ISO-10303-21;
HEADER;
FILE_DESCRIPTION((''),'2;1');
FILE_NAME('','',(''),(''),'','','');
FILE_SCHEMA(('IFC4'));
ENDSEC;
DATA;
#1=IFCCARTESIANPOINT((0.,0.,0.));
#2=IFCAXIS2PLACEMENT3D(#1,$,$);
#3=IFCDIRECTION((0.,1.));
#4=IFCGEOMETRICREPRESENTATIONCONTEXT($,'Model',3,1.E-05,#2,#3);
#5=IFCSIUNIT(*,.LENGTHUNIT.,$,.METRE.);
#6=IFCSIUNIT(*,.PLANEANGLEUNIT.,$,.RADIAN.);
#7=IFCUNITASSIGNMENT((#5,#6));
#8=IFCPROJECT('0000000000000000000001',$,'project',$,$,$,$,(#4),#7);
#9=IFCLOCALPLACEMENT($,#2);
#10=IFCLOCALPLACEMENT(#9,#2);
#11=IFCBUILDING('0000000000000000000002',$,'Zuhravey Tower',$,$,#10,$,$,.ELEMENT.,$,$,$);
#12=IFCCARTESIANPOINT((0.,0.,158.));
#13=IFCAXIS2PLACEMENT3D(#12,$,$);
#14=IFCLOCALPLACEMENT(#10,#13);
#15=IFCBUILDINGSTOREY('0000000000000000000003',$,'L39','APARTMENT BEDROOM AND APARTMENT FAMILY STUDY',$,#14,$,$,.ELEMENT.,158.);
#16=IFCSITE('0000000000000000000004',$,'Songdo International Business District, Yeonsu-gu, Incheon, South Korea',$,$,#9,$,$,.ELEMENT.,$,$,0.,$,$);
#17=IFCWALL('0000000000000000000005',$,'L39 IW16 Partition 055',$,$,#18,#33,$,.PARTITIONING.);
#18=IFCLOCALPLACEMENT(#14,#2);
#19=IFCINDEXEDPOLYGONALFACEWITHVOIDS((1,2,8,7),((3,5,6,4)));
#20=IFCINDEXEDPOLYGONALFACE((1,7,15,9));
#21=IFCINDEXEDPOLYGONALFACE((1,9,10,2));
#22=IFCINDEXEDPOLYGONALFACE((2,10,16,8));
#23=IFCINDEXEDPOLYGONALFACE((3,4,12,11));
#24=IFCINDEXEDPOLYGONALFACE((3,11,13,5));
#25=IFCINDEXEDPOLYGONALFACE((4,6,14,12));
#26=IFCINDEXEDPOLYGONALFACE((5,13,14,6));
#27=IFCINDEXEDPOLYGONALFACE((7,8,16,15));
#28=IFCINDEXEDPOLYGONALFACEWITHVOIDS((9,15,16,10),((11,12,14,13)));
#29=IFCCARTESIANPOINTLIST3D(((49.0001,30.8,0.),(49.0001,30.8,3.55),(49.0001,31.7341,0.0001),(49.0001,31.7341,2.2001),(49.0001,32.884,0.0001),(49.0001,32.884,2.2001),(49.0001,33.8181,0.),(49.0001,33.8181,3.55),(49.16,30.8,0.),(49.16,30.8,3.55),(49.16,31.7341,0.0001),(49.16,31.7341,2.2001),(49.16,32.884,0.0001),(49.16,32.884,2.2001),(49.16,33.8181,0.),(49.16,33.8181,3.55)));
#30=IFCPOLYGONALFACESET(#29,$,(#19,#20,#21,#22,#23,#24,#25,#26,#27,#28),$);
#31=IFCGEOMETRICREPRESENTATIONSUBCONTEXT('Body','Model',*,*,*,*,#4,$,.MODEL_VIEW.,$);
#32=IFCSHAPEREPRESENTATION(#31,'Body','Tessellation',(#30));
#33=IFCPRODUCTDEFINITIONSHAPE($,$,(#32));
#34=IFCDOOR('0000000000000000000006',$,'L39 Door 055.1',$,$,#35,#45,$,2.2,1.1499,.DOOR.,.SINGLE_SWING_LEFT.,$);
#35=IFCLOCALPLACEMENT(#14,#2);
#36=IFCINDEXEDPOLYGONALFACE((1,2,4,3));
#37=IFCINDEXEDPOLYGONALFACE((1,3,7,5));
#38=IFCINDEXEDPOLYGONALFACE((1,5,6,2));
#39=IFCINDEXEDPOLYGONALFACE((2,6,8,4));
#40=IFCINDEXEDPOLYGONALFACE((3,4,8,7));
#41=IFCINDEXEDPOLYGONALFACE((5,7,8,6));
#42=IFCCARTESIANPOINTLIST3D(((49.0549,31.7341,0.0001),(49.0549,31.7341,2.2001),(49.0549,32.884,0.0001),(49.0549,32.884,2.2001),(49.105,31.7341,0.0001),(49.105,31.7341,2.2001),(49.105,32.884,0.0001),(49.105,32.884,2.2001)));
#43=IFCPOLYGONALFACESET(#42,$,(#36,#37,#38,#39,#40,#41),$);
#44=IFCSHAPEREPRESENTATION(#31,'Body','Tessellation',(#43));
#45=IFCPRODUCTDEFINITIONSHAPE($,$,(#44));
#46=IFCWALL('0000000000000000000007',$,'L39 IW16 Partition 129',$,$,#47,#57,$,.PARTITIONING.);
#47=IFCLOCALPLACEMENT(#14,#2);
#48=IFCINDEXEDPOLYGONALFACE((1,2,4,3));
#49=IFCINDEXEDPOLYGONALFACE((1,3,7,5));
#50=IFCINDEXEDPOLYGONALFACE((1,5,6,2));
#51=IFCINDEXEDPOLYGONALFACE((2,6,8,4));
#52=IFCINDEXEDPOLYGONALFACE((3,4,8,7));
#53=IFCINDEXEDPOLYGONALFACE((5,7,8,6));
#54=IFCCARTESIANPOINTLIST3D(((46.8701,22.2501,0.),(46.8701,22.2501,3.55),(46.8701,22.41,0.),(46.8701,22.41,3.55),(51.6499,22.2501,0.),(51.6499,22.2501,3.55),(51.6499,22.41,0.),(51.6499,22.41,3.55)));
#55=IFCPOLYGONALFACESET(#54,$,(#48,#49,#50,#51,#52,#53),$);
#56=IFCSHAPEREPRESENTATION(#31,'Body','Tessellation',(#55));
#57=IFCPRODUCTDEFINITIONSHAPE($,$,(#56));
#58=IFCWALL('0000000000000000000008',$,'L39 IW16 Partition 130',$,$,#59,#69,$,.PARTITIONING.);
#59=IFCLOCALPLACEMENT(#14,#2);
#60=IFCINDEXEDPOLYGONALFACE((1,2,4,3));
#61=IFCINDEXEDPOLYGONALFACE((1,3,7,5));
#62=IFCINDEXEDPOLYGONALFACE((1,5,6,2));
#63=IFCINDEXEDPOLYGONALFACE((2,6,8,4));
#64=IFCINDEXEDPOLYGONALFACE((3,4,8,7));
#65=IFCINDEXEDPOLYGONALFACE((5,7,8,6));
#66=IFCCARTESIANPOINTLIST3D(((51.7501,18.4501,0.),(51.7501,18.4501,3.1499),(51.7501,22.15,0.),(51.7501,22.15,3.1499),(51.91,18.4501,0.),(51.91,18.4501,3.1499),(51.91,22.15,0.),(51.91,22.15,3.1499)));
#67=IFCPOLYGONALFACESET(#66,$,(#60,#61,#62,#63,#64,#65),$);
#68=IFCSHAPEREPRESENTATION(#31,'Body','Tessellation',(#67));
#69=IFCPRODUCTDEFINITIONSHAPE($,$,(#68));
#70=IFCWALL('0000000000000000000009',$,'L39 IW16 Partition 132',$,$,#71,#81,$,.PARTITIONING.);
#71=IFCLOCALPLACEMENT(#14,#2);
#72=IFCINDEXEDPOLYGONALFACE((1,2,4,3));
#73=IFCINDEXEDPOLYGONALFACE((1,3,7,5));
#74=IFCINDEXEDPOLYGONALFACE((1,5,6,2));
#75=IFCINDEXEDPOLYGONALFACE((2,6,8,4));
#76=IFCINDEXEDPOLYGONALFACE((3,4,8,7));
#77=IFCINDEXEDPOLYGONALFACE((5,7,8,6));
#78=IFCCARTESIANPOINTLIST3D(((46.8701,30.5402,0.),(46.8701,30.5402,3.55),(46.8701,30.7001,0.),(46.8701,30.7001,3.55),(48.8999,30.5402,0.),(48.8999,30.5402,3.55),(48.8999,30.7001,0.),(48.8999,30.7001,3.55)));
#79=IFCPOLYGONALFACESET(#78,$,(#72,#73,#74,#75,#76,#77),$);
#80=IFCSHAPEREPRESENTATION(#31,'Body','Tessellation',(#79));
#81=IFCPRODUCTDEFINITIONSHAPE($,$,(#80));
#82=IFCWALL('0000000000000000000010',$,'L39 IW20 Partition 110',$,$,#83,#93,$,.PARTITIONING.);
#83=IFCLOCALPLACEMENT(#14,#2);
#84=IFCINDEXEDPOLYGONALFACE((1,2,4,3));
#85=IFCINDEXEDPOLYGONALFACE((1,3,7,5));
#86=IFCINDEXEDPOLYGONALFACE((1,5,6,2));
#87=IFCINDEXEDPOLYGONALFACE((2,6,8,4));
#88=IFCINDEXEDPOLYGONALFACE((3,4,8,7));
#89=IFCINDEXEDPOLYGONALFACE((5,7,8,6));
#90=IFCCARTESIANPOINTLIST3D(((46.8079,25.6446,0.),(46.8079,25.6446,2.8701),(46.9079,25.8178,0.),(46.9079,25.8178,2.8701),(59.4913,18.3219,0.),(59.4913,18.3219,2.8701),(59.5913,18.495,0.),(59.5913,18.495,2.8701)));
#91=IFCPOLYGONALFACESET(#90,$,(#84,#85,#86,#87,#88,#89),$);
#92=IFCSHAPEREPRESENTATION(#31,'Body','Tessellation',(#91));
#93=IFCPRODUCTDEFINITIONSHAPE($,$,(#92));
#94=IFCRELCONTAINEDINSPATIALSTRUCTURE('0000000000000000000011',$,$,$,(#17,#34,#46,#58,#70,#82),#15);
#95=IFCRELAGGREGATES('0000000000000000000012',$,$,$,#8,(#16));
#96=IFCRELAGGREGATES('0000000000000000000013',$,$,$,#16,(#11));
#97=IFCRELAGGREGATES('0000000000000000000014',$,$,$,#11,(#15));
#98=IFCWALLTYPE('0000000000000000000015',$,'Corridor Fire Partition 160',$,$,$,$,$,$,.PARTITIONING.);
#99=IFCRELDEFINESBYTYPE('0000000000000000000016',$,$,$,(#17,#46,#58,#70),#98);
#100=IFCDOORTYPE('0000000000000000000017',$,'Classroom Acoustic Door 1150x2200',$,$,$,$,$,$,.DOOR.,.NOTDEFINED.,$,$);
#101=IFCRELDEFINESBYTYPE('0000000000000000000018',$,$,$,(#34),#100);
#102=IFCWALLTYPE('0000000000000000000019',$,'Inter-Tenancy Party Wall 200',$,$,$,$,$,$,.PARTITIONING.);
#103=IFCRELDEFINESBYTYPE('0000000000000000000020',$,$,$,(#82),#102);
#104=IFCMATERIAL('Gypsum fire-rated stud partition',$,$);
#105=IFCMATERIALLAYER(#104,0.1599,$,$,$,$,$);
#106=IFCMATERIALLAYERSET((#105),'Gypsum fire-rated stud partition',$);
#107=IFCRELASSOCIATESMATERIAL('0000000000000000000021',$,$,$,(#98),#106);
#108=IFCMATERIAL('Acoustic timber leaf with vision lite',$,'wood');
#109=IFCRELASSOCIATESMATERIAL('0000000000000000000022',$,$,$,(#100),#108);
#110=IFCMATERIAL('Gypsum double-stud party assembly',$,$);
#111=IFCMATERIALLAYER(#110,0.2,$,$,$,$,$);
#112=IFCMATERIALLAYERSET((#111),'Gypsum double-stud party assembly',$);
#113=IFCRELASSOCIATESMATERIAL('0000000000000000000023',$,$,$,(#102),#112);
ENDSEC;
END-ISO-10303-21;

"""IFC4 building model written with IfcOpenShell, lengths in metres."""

from ifc_helpers import new_model, si_unit, direction, frame, frame_2d, origin, place, context, subcontext, project, spatial, rectangle, extrude, material, layer, layer_set, type_object, element, fill, save


model = new_model("IFC4")

# Units and contexts
model_context = context("Model", 3, precision=1e-05, world=origin(), true_north=direction((0.0, 1.0)))
body_context = subcontext(model_context, "Body", "Model", "MODEL_VIEW")
ifc_project = project(units=[si_unit("LENGTHUNIT", "METRE"), si_unit("PLANEANGLEUNIT", "RADIAN")], contexts=[model_context])

# Site, building, storey
site_placement = place(None, origin())
site = spatial("IfcSite", under=ifc_project, at=site_placement, Name="Songdo International Business District, Yeonsu-gu, Incheon, South Korea", CompositionType="ELEMENT", RefElevation=0.0)
building_placement = place(site_placement, origin())
building = spatial("IfcBuilding", under=site, at=building_placement, Name="Zuhravey Tower", CompositionType="ELEMENT")
storey_placement = place(building_placement, frame((0.0, 0.0, 158.0)))
storey = spatial("IfcBuildingStorey", under=building, at=storey_placement, Name="L39", Description="APARTMENT BEDROOM AND APARTMENT FAMILY STUDY", CompositionType="ELEMENT", Elevation=158.0)

# Wall, opening, door
ifc_material_1 = material(Name="Gypsum fire-rated stud partition")
ifc_layer_1 = layer(ifc_material_1, 0.1599)
ifc_layer_set_1 = layer_set([ifc_layer_1], Name="Gypsum fire-rated stud partition")
wall_type_1 = type_object("IfcWallType", Name="Corridor Fire Partition 160", PredefinedType="PARTITIONING", material=ifc_layer_set_1)
wall_1_placement = place(storey_placement, frame((49.0801, 30.8, 0.0), z_axis=(0.0, 0.0, 1.0), x_axis=(0.0, 1.0, 0.0)))
wall_1 = element("IfcWall", 1, at=wall_1_placement, inside=storey, type_object=wall_type_1, Name="L39 IW16 Partition 055", PredefinedType="PARTITIONING", context=body_context, shape_type="SweptSolid", body=[
    extrude(rectangle(XDim=3.0181, YDim=0.1599, at=frame_2d((1.509, 0.0))), origin(), (0.0, 0.0, 1.0), 3.55),
])
opening_1_placement = place(wall_1_placement, frame((0.9341, 0.0, 0.0)))
opening_1 = element("IfcOpeningElement", 2, at=opening_1_placement, cuts=wall_1, PredefinedType="OPENING", context=body_context, shape_type="SweptSolid", body=[
    extrude(rectangle(XDim=1.1499, YDim=2.2, at=frame_2d((0.575, 1.1001))), frame((0.0, 0.092, 0.0), z_axis=(0.0, -1.0, 0.0), x_axis=(1.0, 0.0, 0.0)), (0.0, 0.0, 1.0), 0.1838),
])
ifc_material_2 = material(Name="Acoustic timber leaf with vision lite", Category="wood")
door_type_1 = type_object("IfcDoorType", Name="Classroom Acoustic Door 1150x2200", OperationType="NOTDEFINED", PredefinedType="DOOR", material=ifc_material_2)
door_1_placement = place(opening_1_placement, frame((1.1499, 0.0, 0.0), z_axis=(0.0, 0.0, 1.0), x_axis=(-1.0, 0.0, 0.0)))
door_1 = element("IfcDoor", 3, at=door_1_placement, inside=storey, type_object=door_type_1, Name="L39 Door 055.1", OperationType="SINGLE_SWING_LEFT", OverallHeight=2.2, OverallWidth=1.1499, PredefinedType="DOOR", context=body_context, shape_type="SweptSolid", body=[
    extrude(rectangle(XDim=1.1499, YDim=2.2, at=frame_2d((0.575, 1.1001))), frame((0.0, 0.0249, 0.0), z_axis=(0.0, -1.0, 0.0), x_axis=(1.0, 0.0, 0.0)), (0.0, 0.0, 1.0), 0.05),
])
fill(opening_1, door_1)

# Walls
wall_2_placement = place(storey_placement, frame((51.6499, 22.3301, 0.0), z_axis=(0.0, 0.0, 1.0), x_axis=(-1.0, 0.0, 0.0)))
element("IfcWall", 4, at=wall_2_placement, inside=storey, type_object=wall_type_1, Name="L39 IW16 Partition 129", PredefinedType="PARTITIONING", context=body_context, shape_type="SweptSolid", body=[
    extrude(rectangle(XDim=4.7798, YDim=0.1599, at=frame_2d((2.3899, 0.0))), origin(), (0.0, 0.0, 1.0), 3.55),
])
wall_3_placement = place(storey_placement, frame((51.8301, 18.45, 0.0), z_axis=(0.0, 0.0, 1.0), x_axis=(0.0, 1.0, 0.0)))
element("IfcWall", 5, at=wall_3_placement, inside=storey, type_object=wall_type_1, Name="L39 IW16 Partition 130", PredefinedType="PARTITIONING", context=body_context, shape_type="SweptSolid", body=[
    extrude(rectangle(XDim=3.7, YDim=0.1599, at=frame_2d((1.8501, 0.0))), origin(), (0.0, 0.0, 1.0), 3.1499),
])
wall_4_placement = place(storey_placement, frame((46.8701, 30.6201, 0.0), z_axis=(0.0, 0.0, 1.0), x_axis=(1.0, 0.0, 0.0)))
element("IfcWall", 6, at=wall_4_placement, inside=storey, type_object=wall_type_1, Name="L39 IW16 Partition 132", PredefinedType="PARTITIONING", context=body_context, shape_type="SweptSolid", body=[
    extrude(rectangle(XDim=2.0298, YDim=0.1599, at=frame_2d((1.0149, 0.0))), origin(), (0.0, 0.0, 1.0), 3.55),
])
ifc_material_3 = material(Name="Gypsum double-stud party assembly")
ifc_layer_2 = layer(ifc_material_3, 0.2)
ifc_layer_set_2 = layer_set([ifc_layer_2], Name="Gypsum double-stud party assembly")
wall_type_2 = type_object("IfcWallType", Name="Inter-Tenancy Party Wall 200", PredefinedType="PARTITIONING", material=ifc_layer_set_2)
wall_5_placement = place(storey_placement, frame((46.8579, 25.7312, 0.0), z_axis=(0.0, 0.0, 1.0), x_axis=(0.866025, -0.500001, 0.0)))
element("IfcWall", 7, at=wall_5_placement, inside=storey, type_object=wall_type_2, Name="L39 IW20 Partition 110", PredefinedType="PARTITIONING", context=body_context, shape_type="SweptSolid", body=[
    extrude(rectangle(XDim=14.6455, YDim=0.2, at=frame_2d((7.3228, 0.0))), origin(), (0.0, 0.0, 1.0), 2.8701),
])

save(model, "model.ifc")
